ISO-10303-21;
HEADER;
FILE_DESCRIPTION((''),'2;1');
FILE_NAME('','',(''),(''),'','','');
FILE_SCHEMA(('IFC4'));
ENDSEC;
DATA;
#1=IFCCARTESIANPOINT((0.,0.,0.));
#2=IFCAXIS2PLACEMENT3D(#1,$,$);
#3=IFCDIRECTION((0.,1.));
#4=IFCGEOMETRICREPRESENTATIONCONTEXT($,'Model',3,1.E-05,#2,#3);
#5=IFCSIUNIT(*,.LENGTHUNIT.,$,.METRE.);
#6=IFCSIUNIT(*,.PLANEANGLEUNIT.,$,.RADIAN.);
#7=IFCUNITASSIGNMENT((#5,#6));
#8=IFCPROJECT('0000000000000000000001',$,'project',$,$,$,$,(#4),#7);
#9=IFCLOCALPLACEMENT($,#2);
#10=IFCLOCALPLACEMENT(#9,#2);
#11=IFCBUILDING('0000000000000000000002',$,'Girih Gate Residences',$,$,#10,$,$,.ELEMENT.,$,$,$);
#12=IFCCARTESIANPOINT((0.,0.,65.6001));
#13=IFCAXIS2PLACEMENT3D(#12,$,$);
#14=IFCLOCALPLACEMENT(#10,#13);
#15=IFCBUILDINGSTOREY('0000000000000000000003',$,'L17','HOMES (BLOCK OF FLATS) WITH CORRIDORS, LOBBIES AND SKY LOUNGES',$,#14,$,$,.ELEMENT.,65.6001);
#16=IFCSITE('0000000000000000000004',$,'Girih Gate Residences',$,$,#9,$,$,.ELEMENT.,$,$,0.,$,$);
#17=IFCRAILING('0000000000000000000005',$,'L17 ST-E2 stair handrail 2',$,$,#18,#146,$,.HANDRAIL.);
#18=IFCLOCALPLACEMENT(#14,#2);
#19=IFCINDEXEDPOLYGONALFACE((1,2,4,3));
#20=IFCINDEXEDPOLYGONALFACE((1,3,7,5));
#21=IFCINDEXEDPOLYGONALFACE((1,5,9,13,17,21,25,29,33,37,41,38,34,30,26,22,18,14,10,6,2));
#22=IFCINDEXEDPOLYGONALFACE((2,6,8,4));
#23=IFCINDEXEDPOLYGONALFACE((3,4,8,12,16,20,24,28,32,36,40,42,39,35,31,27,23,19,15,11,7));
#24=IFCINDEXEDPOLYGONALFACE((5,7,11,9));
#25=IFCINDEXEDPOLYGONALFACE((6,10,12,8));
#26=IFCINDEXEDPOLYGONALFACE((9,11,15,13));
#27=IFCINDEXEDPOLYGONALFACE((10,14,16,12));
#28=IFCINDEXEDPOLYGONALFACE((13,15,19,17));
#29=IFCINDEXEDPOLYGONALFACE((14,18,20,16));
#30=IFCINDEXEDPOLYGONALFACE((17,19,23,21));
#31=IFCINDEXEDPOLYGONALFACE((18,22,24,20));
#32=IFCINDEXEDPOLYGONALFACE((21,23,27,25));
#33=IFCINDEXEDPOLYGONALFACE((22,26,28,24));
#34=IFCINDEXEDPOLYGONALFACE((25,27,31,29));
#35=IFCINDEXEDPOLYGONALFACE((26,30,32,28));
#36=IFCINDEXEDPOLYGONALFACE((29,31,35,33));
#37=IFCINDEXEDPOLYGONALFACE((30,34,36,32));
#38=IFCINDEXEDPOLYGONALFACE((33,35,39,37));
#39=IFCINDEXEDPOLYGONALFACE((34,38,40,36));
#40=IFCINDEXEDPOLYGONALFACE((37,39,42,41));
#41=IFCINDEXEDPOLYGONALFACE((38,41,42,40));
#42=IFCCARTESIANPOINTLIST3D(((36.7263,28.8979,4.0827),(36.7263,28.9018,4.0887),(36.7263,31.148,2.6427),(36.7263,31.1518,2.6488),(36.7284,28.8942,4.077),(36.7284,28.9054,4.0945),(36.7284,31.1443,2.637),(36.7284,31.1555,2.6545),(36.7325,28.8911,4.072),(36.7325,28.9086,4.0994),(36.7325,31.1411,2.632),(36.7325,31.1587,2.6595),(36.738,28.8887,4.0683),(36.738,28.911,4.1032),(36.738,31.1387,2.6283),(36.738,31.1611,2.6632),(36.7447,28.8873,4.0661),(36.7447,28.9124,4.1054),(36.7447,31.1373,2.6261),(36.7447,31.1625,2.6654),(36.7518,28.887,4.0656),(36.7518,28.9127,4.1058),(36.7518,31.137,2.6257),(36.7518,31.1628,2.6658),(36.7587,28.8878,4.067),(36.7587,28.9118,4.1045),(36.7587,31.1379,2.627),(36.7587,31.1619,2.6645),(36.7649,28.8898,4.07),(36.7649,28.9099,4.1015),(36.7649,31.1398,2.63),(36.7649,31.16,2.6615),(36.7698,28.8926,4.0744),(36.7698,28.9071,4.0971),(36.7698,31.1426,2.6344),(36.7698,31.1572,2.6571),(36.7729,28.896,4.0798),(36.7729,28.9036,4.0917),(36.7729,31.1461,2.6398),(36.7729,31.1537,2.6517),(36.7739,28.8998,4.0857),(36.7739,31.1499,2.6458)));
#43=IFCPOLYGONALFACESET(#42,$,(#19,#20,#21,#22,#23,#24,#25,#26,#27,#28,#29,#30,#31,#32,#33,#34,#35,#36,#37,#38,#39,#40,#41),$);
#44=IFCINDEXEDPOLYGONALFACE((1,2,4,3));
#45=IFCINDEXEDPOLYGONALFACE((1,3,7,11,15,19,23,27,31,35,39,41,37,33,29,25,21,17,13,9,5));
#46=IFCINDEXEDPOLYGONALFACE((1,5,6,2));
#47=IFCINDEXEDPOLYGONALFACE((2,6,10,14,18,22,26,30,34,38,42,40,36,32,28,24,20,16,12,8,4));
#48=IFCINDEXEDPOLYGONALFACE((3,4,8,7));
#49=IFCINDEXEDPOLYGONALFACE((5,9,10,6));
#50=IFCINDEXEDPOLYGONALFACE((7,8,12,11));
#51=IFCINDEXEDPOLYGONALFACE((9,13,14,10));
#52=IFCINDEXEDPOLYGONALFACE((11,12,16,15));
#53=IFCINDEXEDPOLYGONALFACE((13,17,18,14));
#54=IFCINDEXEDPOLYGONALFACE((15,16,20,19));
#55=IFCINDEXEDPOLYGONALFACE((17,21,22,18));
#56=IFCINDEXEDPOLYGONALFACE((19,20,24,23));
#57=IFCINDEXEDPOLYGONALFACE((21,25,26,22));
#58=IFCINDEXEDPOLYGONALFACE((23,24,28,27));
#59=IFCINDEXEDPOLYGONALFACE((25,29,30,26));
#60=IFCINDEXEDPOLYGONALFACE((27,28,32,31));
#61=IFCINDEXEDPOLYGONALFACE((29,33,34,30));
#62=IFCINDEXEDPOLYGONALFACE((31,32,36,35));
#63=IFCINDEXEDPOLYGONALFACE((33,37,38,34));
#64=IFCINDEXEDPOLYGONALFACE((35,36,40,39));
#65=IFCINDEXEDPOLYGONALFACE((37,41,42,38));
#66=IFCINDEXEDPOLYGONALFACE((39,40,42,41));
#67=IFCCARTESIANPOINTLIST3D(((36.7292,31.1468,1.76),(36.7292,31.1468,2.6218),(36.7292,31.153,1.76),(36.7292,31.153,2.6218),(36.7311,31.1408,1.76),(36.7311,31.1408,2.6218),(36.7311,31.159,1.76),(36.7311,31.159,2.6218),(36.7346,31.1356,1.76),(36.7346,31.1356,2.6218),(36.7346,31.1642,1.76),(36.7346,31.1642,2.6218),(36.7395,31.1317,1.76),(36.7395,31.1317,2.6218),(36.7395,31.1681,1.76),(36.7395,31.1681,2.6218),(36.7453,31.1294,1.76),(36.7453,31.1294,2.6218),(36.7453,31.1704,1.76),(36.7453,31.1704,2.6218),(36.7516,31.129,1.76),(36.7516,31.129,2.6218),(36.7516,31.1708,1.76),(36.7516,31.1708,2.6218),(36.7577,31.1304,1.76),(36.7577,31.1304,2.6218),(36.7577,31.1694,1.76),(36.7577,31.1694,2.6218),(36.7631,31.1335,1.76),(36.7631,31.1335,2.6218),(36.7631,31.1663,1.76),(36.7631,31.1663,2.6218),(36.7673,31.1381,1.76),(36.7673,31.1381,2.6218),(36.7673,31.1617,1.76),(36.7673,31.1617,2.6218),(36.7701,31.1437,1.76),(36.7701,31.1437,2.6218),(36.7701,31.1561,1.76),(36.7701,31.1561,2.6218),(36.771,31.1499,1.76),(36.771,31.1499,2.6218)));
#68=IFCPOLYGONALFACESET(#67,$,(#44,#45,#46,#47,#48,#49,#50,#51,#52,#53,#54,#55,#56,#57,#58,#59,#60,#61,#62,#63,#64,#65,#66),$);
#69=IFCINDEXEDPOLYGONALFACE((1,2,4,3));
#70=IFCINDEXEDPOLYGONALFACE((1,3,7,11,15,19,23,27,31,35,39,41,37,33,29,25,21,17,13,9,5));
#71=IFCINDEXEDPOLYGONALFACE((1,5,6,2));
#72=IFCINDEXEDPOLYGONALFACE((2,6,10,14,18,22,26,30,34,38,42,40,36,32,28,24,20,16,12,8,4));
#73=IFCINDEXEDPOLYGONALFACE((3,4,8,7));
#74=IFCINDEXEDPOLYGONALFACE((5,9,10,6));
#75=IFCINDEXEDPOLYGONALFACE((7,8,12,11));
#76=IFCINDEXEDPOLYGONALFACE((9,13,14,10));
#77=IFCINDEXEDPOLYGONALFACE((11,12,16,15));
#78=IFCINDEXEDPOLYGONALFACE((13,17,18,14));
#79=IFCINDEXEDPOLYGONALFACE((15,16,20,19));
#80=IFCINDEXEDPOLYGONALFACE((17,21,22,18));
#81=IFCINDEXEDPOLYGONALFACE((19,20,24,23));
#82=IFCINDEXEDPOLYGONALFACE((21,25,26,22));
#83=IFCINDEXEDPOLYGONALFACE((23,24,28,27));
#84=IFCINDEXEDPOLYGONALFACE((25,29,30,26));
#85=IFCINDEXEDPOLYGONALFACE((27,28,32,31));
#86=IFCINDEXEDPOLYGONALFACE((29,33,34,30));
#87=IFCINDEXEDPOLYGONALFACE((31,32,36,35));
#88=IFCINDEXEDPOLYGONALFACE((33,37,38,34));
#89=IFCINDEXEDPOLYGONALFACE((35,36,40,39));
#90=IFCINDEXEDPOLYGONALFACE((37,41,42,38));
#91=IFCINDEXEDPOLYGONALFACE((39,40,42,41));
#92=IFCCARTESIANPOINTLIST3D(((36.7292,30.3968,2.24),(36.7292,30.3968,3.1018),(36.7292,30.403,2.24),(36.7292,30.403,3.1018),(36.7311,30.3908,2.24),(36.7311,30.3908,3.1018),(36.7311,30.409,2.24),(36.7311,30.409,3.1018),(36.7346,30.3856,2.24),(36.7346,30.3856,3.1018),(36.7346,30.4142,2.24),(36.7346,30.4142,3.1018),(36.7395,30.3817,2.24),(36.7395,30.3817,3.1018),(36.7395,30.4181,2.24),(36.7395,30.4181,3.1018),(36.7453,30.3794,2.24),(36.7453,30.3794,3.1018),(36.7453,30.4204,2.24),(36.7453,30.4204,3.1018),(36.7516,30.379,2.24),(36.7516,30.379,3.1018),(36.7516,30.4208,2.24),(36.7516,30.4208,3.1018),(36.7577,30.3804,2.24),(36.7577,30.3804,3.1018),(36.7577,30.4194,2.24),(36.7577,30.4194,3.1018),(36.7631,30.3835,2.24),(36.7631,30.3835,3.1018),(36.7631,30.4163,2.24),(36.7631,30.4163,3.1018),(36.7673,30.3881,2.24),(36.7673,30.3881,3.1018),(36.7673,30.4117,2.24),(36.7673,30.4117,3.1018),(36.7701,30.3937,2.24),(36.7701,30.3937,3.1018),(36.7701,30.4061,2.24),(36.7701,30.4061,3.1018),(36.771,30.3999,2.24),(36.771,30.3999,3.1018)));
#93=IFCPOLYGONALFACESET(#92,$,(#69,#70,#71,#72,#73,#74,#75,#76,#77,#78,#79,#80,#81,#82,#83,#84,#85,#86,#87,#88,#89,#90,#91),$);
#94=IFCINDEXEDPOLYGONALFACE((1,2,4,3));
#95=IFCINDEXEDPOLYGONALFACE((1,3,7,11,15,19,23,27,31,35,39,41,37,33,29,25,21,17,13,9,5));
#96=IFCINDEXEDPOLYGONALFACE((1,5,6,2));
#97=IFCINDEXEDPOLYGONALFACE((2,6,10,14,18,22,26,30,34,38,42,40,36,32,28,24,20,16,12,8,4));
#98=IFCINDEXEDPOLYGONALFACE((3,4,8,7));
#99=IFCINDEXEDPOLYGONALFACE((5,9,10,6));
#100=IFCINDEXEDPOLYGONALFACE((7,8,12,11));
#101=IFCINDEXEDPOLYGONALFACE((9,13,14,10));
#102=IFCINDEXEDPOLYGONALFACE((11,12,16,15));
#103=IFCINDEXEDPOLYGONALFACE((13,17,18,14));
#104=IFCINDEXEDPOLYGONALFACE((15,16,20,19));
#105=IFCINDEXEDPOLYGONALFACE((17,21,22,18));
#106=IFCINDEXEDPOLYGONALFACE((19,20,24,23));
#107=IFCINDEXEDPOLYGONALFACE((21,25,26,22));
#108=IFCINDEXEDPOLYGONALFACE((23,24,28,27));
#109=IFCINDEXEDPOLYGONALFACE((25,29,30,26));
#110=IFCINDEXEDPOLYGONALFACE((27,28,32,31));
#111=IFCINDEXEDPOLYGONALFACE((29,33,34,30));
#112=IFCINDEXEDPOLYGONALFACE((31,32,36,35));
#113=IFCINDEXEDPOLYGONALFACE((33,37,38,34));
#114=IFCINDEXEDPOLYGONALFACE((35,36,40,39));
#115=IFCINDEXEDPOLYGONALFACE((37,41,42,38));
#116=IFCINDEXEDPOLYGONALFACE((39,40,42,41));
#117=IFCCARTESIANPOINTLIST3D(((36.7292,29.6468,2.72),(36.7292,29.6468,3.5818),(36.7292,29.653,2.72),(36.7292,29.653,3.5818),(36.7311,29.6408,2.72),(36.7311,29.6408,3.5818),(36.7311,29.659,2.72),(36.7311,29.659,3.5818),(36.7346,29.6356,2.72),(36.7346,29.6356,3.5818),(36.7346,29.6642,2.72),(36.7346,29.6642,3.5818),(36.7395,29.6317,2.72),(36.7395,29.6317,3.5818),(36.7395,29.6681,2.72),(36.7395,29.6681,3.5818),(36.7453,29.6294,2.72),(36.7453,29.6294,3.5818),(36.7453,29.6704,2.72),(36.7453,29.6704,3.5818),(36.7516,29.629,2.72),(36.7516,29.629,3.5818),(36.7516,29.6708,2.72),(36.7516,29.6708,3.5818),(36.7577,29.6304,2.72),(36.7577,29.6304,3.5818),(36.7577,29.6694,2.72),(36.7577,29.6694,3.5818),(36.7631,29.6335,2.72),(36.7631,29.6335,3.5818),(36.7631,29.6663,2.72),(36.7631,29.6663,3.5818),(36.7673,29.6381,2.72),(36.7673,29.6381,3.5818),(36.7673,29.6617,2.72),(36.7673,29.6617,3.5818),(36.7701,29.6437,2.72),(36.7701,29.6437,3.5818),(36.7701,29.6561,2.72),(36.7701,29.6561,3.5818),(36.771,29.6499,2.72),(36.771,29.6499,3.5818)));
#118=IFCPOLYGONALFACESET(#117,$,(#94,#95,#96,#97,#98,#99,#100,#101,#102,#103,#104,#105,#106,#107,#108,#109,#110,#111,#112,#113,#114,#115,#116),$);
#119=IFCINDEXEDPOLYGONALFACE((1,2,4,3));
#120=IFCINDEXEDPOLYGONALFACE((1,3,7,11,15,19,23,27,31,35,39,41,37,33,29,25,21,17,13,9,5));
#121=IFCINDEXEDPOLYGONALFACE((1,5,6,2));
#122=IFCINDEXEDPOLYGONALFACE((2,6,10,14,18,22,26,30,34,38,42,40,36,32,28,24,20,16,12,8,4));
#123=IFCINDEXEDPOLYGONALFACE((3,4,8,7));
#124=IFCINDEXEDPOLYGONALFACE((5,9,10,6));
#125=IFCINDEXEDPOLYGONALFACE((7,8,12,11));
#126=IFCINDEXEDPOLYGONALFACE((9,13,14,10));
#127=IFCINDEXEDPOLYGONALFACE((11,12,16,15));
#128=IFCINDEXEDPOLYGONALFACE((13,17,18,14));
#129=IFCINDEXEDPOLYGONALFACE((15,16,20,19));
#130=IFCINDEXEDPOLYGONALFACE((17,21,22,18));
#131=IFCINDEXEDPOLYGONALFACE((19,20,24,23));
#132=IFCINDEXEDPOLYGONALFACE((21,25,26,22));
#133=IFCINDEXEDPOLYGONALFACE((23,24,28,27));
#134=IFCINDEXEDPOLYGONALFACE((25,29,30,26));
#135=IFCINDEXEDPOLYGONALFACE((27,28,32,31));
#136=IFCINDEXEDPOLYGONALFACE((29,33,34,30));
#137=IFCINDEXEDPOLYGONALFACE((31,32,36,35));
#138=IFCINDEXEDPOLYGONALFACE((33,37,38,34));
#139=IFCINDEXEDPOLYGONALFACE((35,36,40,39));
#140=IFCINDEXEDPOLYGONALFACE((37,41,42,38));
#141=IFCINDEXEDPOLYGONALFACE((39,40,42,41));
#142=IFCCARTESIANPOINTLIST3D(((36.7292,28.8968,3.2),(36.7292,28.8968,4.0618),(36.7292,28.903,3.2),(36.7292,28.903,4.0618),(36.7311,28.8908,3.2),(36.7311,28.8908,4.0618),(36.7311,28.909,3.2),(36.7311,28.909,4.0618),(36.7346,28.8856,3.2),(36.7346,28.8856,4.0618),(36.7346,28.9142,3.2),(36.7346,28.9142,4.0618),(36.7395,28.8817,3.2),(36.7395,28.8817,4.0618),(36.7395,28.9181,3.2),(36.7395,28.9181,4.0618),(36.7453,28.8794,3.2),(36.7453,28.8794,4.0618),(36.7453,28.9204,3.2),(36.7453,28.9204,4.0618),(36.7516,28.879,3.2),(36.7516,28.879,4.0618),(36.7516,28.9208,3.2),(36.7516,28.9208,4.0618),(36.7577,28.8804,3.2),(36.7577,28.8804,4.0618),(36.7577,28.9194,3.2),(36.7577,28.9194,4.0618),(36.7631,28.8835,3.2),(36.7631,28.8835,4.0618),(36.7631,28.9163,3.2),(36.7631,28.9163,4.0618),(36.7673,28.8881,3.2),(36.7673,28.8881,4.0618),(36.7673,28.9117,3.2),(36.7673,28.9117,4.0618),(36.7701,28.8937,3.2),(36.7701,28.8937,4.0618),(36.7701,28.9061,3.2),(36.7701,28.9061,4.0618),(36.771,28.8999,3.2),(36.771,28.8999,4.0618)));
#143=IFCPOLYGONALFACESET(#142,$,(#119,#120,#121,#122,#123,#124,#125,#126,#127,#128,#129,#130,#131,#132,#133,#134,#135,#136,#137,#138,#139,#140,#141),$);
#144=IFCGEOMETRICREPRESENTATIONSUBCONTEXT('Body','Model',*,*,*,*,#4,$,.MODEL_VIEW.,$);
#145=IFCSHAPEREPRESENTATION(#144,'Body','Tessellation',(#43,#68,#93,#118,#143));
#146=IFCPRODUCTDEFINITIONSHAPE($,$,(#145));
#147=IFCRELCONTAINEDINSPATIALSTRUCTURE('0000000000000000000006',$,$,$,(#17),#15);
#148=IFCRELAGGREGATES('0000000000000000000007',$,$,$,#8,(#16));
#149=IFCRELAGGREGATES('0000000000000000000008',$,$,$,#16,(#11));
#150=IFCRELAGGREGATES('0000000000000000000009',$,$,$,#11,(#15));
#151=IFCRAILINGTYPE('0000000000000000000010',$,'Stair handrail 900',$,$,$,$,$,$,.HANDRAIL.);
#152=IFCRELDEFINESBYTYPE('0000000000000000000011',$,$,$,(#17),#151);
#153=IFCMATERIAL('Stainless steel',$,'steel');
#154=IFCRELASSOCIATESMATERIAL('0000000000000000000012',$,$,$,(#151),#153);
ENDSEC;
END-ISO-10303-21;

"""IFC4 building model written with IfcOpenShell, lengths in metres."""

from ifc_helpers import new_model, si_unit, direction, frame, origin, origin_2d, place, context, subcontext, project, spatial, circle, extrude, material, type_object, element, save


model = new_model("IFC4")

# Units and contexts
model_context = context("Model", 3, precision=1e-05, world=origin(), true_north=direction((0.0, 1.0)))
body_context = subcontext(model_context, "Body", "Model", "MODEL_VIEW")
ifc_project = project(units=[si_unit("LENGTHUNIT", "METRE"), si_unit("PLANEANGLEUNIT", "RADIAN")], contexts=[model_context])

# Site, building, storey
site_placement = place(None, origin())
site = spatial("IfcSite", under=ifc_project, at=site_placement, Name="Girih Gate Residences", CompositionType="ELEMENT", RefElevation=0.0)
building_placement = place(site_placement, origin())
building = spatial("IfcBuilding", under=site, at=building_placement, Name="Girih Gate Residences", CompositionType="ELEMENT")
storey_placement = place(building_placement, frame((0.0, 0.0, 65.6001)))
storey = spatial("IfcBuildingStorey", under=building, at=storey_placement, Name="L17", Description="HOMES (BLOCK OF FLATS) WITH CORRIDORS, LOBBIES AND SKY LOUNGES", CompositionType="ELEMENT", Elevation=65.6001)

# Railing
ifc_material_1 = material(Name="Stainless steel", Category="steel")
railing_type_1 = type_object("IfcRailingType", Name="Stair handrail 900", PredefinedType="HANDRAIL", material=ifc_material_1)
railing_1_placement = place(storey_placement, frame((36.75, 31.1499, 1.76)))
element("IfcRailing", 1, at=railing_1_placement, inside=storey, type_object=railing_type_1, Name="L17 ST-E2 stair handrail 2", PredefinedType="HANDRAIL", context=body_context, shape_type="SweptSolid", body=[
    extrude(circle(Radius=0.0239, at=origin_2d()), frame((0.0, 0.0, 0.8857), z_axis=(0.0, -0.842281, 0.539038), x_axis=(1.0, 0.0, 0.0)), (0.0, 0.0, 1.0), 2.6714),
    extrude(circle(Radius=0.021, at=origin_2d()), origin(), (0.0, 0.0, 1.0), 0.8618),
    extrude(circle(Radius=0.021, at=origin_2d()), frame((0.0, -0.75, 0.48)), (0.0, 0.0, 1.0), 0.8618),
    extrude(circle(Radius=0.021, at=origin_2d()), frame((0.0, -1.5, 0.96)), (0.0, 0.0, 1.0), 0.8618),
    extrude(circle(Radius=0.021, at=origin_2d()), frame((0.0, -2.25, 1.4399)), (0.0, 0.0, 1.0), 0.8618),
])

save(model, "model.ifc")
